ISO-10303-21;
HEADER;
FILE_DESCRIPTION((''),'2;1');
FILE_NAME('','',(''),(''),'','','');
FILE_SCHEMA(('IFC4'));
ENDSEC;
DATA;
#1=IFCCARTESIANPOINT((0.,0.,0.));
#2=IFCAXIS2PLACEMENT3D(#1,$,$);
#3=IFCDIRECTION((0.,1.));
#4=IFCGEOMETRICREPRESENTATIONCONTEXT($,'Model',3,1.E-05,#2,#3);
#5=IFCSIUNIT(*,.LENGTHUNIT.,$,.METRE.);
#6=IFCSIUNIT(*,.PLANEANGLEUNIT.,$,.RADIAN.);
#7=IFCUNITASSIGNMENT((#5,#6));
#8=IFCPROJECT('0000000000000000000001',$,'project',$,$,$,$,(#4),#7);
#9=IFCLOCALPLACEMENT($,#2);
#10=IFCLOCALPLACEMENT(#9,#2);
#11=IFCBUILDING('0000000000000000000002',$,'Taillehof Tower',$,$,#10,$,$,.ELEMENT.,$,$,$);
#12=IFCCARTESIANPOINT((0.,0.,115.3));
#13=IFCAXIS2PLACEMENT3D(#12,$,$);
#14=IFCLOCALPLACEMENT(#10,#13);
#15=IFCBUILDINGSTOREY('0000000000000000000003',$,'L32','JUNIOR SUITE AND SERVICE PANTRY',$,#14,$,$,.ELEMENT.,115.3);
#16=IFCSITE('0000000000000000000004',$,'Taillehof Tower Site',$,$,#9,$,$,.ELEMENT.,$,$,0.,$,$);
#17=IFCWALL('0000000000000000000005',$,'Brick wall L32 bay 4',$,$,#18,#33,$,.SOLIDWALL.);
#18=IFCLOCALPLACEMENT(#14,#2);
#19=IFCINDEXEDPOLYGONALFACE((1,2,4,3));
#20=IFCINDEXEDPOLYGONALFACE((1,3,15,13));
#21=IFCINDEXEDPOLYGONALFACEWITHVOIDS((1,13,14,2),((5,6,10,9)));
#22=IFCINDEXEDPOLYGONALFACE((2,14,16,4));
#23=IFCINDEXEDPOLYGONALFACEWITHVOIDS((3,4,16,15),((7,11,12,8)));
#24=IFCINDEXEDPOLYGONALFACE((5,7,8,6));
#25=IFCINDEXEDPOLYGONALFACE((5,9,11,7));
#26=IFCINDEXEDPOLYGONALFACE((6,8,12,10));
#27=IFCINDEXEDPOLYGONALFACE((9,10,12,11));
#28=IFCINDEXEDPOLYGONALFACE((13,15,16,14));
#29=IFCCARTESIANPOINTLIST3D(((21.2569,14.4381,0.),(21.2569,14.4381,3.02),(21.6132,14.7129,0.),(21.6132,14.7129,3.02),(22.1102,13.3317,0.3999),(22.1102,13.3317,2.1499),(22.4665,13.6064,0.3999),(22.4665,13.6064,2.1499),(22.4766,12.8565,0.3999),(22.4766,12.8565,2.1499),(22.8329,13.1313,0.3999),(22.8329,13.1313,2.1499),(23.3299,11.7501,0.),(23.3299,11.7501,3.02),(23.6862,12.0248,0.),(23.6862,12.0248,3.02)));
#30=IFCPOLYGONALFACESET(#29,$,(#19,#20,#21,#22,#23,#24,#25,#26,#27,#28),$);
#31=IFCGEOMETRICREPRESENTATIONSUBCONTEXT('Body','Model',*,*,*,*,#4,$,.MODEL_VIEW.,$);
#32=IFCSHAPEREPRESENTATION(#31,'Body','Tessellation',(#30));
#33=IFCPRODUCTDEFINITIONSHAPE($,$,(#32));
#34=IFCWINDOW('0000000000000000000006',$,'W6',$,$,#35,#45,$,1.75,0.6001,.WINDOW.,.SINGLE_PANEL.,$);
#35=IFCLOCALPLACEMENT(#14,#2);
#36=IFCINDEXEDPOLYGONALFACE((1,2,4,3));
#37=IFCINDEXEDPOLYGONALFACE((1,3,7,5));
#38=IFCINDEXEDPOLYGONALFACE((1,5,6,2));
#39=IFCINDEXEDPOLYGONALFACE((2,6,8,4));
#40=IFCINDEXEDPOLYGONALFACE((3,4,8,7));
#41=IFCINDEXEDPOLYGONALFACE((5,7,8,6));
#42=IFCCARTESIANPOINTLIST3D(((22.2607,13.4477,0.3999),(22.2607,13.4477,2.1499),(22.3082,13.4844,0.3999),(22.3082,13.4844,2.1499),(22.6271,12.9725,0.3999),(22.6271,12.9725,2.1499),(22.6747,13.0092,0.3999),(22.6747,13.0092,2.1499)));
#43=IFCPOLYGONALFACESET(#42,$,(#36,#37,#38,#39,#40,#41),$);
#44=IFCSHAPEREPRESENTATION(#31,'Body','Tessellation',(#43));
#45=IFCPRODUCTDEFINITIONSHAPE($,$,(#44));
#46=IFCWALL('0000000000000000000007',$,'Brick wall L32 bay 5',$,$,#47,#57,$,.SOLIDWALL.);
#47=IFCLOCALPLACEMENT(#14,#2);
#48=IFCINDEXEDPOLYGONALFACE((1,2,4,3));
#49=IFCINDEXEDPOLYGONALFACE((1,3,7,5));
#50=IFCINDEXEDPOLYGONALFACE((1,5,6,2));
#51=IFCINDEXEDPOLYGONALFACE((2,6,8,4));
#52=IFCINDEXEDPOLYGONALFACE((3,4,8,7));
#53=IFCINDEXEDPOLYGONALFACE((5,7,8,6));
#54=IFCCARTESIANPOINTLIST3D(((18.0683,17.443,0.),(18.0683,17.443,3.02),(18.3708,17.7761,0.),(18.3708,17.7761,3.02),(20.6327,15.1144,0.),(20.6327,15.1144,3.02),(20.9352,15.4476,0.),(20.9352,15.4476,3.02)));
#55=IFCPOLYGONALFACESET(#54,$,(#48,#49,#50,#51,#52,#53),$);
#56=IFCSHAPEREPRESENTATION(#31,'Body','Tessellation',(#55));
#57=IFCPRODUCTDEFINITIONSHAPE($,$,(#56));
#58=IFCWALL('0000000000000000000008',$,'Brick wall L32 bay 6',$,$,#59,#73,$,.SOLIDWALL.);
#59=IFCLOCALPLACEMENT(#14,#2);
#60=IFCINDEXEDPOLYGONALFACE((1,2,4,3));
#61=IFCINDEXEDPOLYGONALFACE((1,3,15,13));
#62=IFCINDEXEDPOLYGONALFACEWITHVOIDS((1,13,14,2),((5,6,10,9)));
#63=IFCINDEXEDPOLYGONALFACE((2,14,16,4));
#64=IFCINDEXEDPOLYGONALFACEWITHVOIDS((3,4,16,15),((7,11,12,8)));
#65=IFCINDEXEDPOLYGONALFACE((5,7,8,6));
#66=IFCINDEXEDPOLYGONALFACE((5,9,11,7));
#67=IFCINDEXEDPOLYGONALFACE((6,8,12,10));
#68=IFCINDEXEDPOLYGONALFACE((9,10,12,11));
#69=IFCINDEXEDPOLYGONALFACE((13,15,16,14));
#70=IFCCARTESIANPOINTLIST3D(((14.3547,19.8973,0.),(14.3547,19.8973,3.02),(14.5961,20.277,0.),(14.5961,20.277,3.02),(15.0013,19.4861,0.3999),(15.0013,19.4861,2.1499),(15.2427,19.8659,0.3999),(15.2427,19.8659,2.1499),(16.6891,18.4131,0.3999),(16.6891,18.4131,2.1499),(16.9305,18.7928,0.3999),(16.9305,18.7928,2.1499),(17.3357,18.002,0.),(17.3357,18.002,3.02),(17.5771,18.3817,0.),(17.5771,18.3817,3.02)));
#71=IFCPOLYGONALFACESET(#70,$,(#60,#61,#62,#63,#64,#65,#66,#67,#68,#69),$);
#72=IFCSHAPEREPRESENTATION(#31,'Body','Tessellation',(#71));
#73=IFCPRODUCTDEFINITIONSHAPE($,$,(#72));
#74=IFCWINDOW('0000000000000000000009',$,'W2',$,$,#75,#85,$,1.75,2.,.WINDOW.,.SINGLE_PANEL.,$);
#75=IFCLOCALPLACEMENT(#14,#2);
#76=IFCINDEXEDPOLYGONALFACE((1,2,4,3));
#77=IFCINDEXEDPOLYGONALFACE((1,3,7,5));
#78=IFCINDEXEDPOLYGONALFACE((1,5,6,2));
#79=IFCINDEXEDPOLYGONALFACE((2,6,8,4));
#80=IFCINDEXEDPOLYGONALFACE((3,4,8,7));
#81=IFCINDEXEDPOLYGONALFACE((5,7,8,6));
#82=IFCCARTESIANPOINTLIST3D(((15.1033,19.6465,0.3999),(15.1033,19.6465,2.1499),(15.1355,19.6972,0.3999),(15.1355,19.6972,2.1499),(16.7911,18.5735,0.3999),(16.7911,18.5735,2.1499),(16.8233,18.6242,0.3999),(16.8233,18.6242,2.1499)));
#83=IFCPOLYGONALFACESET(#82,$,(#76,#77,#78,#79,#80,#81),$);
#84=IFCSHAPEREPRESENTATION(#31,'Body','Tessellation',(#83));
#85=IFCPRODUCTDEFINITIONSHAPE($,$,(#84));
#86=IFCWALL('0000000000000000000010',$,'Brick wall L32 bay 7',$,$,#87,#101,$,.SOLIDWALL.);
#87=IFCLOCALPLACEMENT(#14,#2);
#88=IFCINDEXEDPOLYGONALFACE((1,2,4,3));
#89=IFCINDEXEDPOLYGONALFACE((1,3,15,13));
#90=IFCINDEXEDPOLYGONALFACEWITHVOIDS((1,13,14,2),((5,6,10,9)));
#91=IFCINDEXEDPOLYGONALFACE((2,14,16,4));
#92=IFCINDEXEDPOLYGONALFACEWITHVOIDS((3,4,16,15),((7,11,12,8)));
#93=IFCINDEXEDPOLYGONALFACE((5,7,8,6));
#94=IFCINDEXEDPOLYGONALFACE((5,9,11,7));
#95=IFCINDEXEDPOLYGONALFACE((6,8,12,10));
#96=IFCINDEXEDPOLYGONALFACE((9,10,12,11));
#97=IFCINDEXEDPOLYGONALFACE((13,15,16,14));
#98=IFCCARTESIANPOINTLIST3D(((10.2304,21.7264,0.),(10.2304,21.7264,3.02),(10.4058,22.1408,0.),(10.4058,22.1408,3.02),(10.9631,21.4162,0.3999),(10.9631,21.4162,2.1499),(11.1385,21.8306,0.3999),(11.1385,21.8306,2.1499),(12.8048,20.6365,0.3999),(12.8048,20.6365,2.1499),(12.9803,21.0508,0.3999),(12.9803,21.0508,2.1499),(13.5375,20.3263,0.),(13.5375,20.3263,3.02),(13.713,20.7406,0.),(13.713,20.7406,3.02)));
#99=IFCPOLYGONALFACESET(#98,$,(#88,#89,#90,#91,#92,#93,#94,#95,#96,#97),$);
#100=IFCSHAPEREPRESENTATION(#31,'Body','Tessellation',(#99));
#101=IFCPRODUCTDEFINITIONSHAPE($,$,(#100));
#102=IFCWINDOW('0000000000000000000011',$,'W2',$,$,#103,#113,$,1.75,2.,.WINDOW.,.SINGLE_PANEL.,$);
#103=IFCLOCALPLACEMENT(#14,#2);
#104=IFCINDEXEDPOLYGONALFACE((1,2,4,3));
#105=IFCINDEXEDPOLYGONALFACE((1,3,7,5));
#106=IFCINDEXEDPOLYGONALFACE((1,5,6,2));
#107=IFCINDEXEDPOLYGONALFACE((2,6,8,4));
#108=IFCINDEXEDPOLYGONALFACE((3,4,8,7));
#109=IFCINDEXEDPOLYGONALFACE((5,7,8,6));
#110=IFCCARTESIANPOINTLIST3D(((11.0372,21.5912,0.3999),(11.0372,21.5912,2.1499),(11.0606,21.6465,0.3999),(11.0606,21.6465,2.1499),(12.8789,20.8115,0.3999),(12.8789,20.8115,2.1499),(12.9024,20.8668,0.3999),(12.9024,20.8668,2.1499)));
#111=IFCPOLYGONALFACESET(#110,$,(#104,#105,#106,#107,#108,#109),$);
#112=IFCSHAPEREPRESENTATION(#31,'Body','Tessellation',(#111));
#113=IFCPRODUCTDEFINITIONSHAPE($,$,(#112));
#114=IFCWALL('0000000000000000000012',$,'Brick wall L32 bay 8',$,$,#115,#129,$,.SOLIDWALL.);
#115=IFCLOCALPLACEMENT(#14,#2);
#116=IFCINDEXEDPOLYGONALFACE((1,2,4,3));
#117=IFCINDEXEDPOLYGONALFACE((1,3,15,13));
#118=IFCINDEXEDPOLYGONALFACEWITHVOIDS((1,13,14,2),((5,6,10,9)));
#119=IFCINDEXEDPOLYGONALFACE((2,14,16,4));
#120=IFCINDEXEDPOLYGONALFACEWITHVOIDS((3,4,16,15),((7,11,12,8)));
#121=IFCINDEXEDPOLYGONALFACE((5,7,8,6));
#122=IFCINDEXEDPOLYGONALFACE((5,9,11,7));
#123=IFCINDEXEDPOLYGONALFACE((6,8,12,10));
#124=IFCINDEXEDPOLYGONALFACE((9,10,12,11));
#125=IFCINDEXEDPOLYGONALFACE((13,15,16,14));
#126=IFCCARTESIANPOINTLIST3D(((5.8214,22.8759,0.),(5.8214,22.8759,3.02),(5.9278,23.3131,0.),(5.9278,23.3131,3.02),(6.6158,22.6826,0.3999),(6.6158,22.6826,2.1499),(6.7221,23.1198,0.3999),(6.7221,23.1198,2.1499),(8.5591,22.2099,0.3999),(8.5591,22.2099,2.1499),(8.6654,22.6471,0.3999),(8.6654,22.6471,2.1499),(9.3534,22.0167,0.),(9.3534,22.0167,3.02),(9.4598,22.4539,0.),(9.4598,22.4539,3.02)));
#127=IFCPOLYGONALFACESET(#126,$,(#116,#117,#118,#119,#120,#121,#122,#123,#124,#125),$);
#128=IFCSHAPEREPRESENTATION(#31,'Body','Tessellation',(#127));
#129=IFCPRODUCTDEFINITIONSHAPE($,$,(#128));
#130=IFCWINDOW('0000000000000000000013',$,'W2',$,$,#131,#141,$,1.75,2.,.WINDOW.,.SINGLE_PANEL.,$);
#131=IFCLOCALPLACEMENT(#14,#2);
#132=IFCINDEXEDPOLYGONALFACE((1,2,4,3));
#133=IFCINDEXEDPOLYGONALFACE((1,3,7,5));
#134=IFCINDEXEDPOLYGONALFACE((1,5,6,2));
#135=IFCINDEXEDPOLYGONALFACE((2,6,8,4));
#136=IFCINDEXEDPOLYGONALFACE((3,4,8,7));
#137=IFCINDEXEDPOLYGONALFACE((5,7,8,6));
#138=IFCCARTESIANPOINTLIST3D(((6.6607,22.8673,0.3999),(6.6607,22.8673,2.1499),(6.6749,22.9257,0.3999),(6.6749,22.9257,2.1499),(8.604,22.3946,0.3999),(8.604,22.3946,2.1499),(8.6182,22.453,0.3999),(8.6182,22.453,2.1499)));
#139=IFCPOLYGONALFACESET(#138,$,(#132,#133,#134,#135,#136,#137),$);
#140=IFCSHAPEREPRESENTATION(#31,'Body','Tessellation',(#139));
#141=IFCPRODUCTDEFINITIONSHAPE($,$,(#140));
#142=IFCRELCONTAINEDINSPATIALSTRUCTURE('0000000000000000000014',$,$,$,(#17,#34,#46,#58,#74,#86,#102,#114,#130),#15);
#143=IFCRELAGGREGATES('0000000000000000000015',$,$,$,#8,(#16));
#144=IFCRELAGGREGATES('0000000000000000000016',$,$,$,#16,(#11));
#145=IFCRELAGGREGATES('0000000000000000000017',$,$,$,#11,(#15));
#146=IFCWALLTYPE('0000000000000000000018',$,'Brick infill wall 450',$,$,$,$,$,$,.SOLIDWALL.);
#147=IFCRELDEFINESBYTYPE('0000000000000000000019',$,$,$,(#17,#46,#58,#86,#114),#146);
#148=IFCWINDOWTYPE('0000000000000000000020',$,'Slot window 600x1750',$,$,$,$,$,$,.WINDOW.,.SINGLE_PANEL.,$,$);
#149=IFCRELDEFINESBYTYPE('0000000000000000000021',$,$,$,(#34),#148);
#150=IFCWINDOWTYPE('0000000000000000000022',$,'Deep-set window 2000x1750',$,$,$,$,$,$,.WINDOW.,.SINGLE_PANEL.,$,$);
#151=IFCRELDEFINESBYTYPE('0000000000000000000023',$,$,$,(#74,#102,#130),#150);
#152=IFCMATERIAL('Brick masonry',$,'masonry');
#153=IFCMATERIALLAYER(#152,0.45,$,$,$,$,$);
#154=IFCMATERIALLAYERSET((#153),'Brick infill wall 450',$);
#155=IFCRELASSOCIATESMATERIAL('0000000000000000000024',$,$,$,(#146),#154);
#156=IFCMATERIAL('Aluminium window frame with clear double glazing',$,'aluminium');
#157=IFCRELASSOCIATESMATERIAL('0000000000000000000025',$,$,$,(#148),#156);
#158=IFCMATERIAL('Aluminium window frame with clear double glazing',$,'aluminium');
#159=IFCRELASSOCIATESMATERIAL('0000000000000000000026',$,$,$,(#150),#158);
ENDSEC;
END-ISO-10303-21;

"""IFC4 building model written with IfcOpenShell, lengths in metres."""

from ifc_helpers import new_model, si_unit, direction, frame, frame_2d, origin, place, context, subcontext, project, spatial, rectangle, extrude, material, layer, layer_set, type_object, element, fill, save


model = new_model("IFC4")

# Units and contexts
model_context = context("Model", 3, precision=1e-05, world=origin(), true_north=direction((0.0, 1.0)))
body_context = subcontext(model_context, "Body", "Model", "MODEL_VIEW")
ifc_project = project(units=[si_unit("LENGTHUNIT", "METRE"), si_unit("PLANEANGLEUNIT", "RADIAN")], contexts=[model_context])

# Site, building, storey
site_placement = place(None, origin())
site = spatial("IfcSite", under=ifc_project, at=site_placement, Name="Taillehof Tower Site", CompositionType="ELEMENT", RefElevation=0.0)
building_placement = place(site_placement, origin())
building = spatial("IfcBuilding", under=site, at=building_placement, Name="Taillehof Tower", CompositionType="ELEMENT")
storey_placement = place(building_placement, frame((0.0, 0.0, 115.3)))
storey = spatial("IfcBuildingStorey", under=building, at=storey_placement, Name="L32", Description="JUNIOR SUITE AND SERVICE PANTRY", CompositionType="ELEMENT", Elevation=115.3)

# Wall, opening, window
ifc_material_1 = material(Name="Brick masonry", Category="masonry")
ifc_layer_1 = layer(ifc_material_1, 0.45)
ifc_layer_set_1 = layer_set([ifc_layer_1], Name="Brick infill wall 450")
wall_type_1 = type_object("IfcWallType", Name="Brick infill wall 450", PredefinedType="SOLIDWALL", material=ifc_layer_set_1)
wall_1_placement = place(storey_placement, frame((23.5081, 11.8875, 0.0), z_axis=(0.0, 0.0, 1.0), x_axis=(-0.610694, 0.791867, 0.0)))
wall_1 = element("IfcWall", 1, at=wall_1_placement, inside=storey, type_object=wall_type_1, Name="Brick wall L32 bay 4", PredefinedType="SOLIDWALL", context=body_context, shape_type="SweptSolid", body=[
    extrude(rectangle(XDim=3.3945, YDim=0.45, at=frame_2d((1.6973, 0.0))), origin(), (0.0, 0.0, 1.0), 3.02),
])
opening_1_placement = place(wall_1_placement, frame((1.3972, 0.0, 0.3999)))
opening_1 = element("IfcOpeningElement", 2, at=opening_1_placement, cuts=wall_1, PredefinedType="OPENING", context=body_context, shape_type="SweptSolid", body=[
    extrude(rectangle(XDim=0.6001, YDim=1.75, at=frame_2d((0.3, 0.875))), frame((0.0, 0.2349, 0.0), z_axis=(0.0, -1.0, 0.0), x_axis=(1.0, 0.0, 0.0)), (0.0, 0.0, 1.0), 0.47),
])
ifc_material_2 = material(Name="Aluminium window frame with clear double glazing", Category="aluminium")
window_type_1 = type_object("IfcWindowType", Name="Slot window 600x1750", PartitioningType="SINGLE_PANEL", PredefinedType="WINDOW", material=ifc_material_2)
window_1_placement = place(opening_1_placement, origin())
window_1 = element("IfcWindow", 3, at=window_1_placement, inside=storey, type_object=window_type_1, Name="W6", OverallHeight=1.75, OverallWidth=0.6001, PartitioningType="SINGLE_PANEL", PredefinedType="WINDOW", context=body_context, shape_type="SweptSolid", body=[
    extrude(rectangle(XDim=0.6001, YDim=1.75, at=frame_2d((0.3, 0.875))), frame((0.0, 0.0349, 0.0), z_axis=(0.0, -1.0, 0.0), x_axis=(1.0, 0.0, 0.0)), (0.0, 0.0, 1.0), 0.0601),
])
fill(opening_1, window_1)

# Wall
wall_2_placement = place(storey_placement, frame((20.7839, 15.281, 0.0), z_axis=(0.0, 0.0, 1.0), x_axis=(-0.740329, 0.672245, 0.0)))
element("IfcWall", 4, at=wall_2_placement, inside=storey, type_object=wall_type_1, Name="Brick wall L32 bay 5", PredefinedType="SOLIDWALL", context=body_context, shape_type="SweptSolid", body=[
    extrude(rectangle(XDim=3.4639, YDim=0.45, at=frame_2d((1.7319, 0.0))), origin(), (0.0, 0.0, 1.0), 3.02),
])

# Walls, openings, windows
wall_3_placement = place(storey_placement, frame((17.4563, 18.1919, 0.0), z_axis=(0.0, 0.0, 1.0), x_axis=(-0.843881, 0.536531, 0.0)))
wall_3 = element("IfcWall", 5, at=wall_3_placement, inside=storey, type_object=wall_type_1, Name="Brick wall L32 bay 6", PredefinedType="SOLIDWALL", context=body_context, shape_type="SweptSolid", body=[
    extrude(rectangle(XDim=3.5325, YDim=0.45, at=frame_2d((1.7661, 0.0))), origin(), (0.0, 0.0, 1.0), 3.02),
])
opening_2_placement = place(wall_3_placement, frame((0.7661, 0.0, 0.3999)))
opening_2 = element("IfcOpeningElement", 6, at=opening_2_placement, cuts=wall_3, PredefinedType="OPENING", context=body_context, shape_type="SweptSolid", body=[
    extrude(rectangle(XDim=2.0, YDim=1.75, at=frame_2d((1.0, 0.875))), frame((0.0, 0.2349, 0.0), z_axis=(0.0, -1.0, 0.0), x_axis=(1.0, 0.0, 0.0)), (0.0, 0.0, 1.0), 0.47),
])
ifc_material_3 = material(Name="Aluminium window frame with clear double glazing", Category="aluminium")
window_type_2 = type_object("IfcWindowType", Name="Deep-set window 2000x1750", PartitioningType="SINGLE_PANEL", PredefinedType="WINDOW", material=ifc_material_3)
window_2_placement = place(opening_2_placement, origin())
window_2 = element("IfcWindow", 7, at=window_2_placement, inside=storey, type_object=window_type_2, Name="W2", OverallHeight=1.75, OverallWidth=2.0, PartitioningType="SINGLE_PANEL", PredefinedType="WINDOW", context=body_context, shape_type="SweptSolid", body=[
    extrude(rectangle(XDim=2.0, YDim=1.75, at=frame_2d((1.0, 0.875))), frame((0.0, 0.0349, 0.0), z_axis=(0.0, -1.0, 0.0), x_axis=(1.0, 0.0, 0.0)), (0.0, 0.0, 1.0), 0.0601),
])
fill(opening_2, window_2)
wall_4_placement = place(storey_placement, frame((13.6252, 20.5334, 0.0), z_axis=(0.0, 0.0, 1.0), x_axis=(-0.92087, 0.389871, 0.0)))
wall_4 = element("IfcWall", 8, at=wall_4_placement, inside=storey, type_object=wall_type_1, Name="Brick wall L32 bay 7", PredefinedType="SOLIDWALL", context=body_context, shape_type="SweptSolid", body=[
    extrude(rectangle(XDim=3.5913, YDim=0.45, at=frame_2d((1.7957, 0.0))), origin(), (0.0, 0.0, 1.0), 3.02),
])
opening_3_placement = place(wall_4_placement, frame((0.7957, 0.0, 0.3999)))
opening_3 = element("IfcOpeningElement", 9, at=opening_3_placement, cuts=wall_4, PredefinedType="OPENING", context=body_context, shape_type="SweptSolid", body=[
    extrude(rectangle(XDim=2.0, YDim=1.75, at=frame_2d((1.0, 0.875))), frame((0.0, 0.2349, 0.0), z_axis=(0.0, -1.0, 0.0), x_axis=(1.0, 0.0, 0.0)), (0.0, 0.0, 1.0), 0.47),
])
window_3_placement = place(opening_3_placement, origin())
window_3 = element("IfcWindow", 10, at=window_3_placement, inside=storey, type_object=window_type_2, Name="W2", OverallHeight=1.75, OverallWidth=2.0, PartitioningType="SINGLE_PANEL", PredefinedType="WINDOW", context=body_context, shape_type="SweptSolid", body=[
    extrude(rectangle(XDim=2.0, YDim=1.75, at=frame_2d((1.0, 0.875))), frame((0.0, 0.0349, 0.0), z_axis=(0.0, -1.0, 0.0), x_axis=(1.0, 0.0, 0.0)), (0.0, 0.0, 1.0), 0.0601),
])
fill(opening_3, window_3)
wall_5_placement = place(storey_placement, frame((9.4065, 22.2354, 0.0), z_axis=(0.0, 0.0, 1.0), x_axis=(-0.971668, 0.236352, 0.0)))
wall_5 = element("IfcWall", 11, at=wall_5_placement, inside=storey, type_object=wall_type_1, Name="Brick wall L32 bay 8", PredefinedType="SOLIDWALL", context=body_context, shape_type="SweptSolid", body=[
    extrude(rectangle(XDim=3.635, YDim=0.45, at=frame_2d((1.8174, 0.0))), origin(), (0.0, 0.0, 1.0), 3.02),
])
opening_4_placement = place(wall_5_placement, frame((0.8174, 0.0, 0.3999)))
opening_4 = element("IfcOpeningElement", 12, at=opening_4_placement, cuts=wall_5, PredefinedType="OPENING", context=body_context, shape_type="SweptSolid", body=[
    extrude(rectangle(XDim=2.0, YDim=1.75, at=frame_2d((1.0, 0.875))), frame((0.0, 0.2349, 0.0), z_axis=(0.0, -1.0, 0.0), x_axis=(1.0, 0.0, 0.0)), (0.0, 0.0, 1.0), 0.47),
])
window_4_placement = place(opening_4_placement, origin())
window_4 = element("IfcWindow", 13, at=window_4_placement, inside=storey, type_object=window_type_2, Name="W2", OverallHeight=1.75, OverallWidth=2.0, PartitioningType="SINGLE_PANEL", PredefinedType="WINDOW", context=body_context, shape_type="SweptSolid", body=[
    extrude(rectangle(XDim=2.0, YDim=1.75, at=frame_2d((1.0, 0.875))), frame((0.0, 0.0349, 0.0), z_axis=(0.0, -1.0, 0.0), x_axis=(1.0, 0.0, 0.0)), (0.0, 0.0, 1.0), 0.0601),
])
fill(opening_4, window_4)

save(model, "model.ifc")
